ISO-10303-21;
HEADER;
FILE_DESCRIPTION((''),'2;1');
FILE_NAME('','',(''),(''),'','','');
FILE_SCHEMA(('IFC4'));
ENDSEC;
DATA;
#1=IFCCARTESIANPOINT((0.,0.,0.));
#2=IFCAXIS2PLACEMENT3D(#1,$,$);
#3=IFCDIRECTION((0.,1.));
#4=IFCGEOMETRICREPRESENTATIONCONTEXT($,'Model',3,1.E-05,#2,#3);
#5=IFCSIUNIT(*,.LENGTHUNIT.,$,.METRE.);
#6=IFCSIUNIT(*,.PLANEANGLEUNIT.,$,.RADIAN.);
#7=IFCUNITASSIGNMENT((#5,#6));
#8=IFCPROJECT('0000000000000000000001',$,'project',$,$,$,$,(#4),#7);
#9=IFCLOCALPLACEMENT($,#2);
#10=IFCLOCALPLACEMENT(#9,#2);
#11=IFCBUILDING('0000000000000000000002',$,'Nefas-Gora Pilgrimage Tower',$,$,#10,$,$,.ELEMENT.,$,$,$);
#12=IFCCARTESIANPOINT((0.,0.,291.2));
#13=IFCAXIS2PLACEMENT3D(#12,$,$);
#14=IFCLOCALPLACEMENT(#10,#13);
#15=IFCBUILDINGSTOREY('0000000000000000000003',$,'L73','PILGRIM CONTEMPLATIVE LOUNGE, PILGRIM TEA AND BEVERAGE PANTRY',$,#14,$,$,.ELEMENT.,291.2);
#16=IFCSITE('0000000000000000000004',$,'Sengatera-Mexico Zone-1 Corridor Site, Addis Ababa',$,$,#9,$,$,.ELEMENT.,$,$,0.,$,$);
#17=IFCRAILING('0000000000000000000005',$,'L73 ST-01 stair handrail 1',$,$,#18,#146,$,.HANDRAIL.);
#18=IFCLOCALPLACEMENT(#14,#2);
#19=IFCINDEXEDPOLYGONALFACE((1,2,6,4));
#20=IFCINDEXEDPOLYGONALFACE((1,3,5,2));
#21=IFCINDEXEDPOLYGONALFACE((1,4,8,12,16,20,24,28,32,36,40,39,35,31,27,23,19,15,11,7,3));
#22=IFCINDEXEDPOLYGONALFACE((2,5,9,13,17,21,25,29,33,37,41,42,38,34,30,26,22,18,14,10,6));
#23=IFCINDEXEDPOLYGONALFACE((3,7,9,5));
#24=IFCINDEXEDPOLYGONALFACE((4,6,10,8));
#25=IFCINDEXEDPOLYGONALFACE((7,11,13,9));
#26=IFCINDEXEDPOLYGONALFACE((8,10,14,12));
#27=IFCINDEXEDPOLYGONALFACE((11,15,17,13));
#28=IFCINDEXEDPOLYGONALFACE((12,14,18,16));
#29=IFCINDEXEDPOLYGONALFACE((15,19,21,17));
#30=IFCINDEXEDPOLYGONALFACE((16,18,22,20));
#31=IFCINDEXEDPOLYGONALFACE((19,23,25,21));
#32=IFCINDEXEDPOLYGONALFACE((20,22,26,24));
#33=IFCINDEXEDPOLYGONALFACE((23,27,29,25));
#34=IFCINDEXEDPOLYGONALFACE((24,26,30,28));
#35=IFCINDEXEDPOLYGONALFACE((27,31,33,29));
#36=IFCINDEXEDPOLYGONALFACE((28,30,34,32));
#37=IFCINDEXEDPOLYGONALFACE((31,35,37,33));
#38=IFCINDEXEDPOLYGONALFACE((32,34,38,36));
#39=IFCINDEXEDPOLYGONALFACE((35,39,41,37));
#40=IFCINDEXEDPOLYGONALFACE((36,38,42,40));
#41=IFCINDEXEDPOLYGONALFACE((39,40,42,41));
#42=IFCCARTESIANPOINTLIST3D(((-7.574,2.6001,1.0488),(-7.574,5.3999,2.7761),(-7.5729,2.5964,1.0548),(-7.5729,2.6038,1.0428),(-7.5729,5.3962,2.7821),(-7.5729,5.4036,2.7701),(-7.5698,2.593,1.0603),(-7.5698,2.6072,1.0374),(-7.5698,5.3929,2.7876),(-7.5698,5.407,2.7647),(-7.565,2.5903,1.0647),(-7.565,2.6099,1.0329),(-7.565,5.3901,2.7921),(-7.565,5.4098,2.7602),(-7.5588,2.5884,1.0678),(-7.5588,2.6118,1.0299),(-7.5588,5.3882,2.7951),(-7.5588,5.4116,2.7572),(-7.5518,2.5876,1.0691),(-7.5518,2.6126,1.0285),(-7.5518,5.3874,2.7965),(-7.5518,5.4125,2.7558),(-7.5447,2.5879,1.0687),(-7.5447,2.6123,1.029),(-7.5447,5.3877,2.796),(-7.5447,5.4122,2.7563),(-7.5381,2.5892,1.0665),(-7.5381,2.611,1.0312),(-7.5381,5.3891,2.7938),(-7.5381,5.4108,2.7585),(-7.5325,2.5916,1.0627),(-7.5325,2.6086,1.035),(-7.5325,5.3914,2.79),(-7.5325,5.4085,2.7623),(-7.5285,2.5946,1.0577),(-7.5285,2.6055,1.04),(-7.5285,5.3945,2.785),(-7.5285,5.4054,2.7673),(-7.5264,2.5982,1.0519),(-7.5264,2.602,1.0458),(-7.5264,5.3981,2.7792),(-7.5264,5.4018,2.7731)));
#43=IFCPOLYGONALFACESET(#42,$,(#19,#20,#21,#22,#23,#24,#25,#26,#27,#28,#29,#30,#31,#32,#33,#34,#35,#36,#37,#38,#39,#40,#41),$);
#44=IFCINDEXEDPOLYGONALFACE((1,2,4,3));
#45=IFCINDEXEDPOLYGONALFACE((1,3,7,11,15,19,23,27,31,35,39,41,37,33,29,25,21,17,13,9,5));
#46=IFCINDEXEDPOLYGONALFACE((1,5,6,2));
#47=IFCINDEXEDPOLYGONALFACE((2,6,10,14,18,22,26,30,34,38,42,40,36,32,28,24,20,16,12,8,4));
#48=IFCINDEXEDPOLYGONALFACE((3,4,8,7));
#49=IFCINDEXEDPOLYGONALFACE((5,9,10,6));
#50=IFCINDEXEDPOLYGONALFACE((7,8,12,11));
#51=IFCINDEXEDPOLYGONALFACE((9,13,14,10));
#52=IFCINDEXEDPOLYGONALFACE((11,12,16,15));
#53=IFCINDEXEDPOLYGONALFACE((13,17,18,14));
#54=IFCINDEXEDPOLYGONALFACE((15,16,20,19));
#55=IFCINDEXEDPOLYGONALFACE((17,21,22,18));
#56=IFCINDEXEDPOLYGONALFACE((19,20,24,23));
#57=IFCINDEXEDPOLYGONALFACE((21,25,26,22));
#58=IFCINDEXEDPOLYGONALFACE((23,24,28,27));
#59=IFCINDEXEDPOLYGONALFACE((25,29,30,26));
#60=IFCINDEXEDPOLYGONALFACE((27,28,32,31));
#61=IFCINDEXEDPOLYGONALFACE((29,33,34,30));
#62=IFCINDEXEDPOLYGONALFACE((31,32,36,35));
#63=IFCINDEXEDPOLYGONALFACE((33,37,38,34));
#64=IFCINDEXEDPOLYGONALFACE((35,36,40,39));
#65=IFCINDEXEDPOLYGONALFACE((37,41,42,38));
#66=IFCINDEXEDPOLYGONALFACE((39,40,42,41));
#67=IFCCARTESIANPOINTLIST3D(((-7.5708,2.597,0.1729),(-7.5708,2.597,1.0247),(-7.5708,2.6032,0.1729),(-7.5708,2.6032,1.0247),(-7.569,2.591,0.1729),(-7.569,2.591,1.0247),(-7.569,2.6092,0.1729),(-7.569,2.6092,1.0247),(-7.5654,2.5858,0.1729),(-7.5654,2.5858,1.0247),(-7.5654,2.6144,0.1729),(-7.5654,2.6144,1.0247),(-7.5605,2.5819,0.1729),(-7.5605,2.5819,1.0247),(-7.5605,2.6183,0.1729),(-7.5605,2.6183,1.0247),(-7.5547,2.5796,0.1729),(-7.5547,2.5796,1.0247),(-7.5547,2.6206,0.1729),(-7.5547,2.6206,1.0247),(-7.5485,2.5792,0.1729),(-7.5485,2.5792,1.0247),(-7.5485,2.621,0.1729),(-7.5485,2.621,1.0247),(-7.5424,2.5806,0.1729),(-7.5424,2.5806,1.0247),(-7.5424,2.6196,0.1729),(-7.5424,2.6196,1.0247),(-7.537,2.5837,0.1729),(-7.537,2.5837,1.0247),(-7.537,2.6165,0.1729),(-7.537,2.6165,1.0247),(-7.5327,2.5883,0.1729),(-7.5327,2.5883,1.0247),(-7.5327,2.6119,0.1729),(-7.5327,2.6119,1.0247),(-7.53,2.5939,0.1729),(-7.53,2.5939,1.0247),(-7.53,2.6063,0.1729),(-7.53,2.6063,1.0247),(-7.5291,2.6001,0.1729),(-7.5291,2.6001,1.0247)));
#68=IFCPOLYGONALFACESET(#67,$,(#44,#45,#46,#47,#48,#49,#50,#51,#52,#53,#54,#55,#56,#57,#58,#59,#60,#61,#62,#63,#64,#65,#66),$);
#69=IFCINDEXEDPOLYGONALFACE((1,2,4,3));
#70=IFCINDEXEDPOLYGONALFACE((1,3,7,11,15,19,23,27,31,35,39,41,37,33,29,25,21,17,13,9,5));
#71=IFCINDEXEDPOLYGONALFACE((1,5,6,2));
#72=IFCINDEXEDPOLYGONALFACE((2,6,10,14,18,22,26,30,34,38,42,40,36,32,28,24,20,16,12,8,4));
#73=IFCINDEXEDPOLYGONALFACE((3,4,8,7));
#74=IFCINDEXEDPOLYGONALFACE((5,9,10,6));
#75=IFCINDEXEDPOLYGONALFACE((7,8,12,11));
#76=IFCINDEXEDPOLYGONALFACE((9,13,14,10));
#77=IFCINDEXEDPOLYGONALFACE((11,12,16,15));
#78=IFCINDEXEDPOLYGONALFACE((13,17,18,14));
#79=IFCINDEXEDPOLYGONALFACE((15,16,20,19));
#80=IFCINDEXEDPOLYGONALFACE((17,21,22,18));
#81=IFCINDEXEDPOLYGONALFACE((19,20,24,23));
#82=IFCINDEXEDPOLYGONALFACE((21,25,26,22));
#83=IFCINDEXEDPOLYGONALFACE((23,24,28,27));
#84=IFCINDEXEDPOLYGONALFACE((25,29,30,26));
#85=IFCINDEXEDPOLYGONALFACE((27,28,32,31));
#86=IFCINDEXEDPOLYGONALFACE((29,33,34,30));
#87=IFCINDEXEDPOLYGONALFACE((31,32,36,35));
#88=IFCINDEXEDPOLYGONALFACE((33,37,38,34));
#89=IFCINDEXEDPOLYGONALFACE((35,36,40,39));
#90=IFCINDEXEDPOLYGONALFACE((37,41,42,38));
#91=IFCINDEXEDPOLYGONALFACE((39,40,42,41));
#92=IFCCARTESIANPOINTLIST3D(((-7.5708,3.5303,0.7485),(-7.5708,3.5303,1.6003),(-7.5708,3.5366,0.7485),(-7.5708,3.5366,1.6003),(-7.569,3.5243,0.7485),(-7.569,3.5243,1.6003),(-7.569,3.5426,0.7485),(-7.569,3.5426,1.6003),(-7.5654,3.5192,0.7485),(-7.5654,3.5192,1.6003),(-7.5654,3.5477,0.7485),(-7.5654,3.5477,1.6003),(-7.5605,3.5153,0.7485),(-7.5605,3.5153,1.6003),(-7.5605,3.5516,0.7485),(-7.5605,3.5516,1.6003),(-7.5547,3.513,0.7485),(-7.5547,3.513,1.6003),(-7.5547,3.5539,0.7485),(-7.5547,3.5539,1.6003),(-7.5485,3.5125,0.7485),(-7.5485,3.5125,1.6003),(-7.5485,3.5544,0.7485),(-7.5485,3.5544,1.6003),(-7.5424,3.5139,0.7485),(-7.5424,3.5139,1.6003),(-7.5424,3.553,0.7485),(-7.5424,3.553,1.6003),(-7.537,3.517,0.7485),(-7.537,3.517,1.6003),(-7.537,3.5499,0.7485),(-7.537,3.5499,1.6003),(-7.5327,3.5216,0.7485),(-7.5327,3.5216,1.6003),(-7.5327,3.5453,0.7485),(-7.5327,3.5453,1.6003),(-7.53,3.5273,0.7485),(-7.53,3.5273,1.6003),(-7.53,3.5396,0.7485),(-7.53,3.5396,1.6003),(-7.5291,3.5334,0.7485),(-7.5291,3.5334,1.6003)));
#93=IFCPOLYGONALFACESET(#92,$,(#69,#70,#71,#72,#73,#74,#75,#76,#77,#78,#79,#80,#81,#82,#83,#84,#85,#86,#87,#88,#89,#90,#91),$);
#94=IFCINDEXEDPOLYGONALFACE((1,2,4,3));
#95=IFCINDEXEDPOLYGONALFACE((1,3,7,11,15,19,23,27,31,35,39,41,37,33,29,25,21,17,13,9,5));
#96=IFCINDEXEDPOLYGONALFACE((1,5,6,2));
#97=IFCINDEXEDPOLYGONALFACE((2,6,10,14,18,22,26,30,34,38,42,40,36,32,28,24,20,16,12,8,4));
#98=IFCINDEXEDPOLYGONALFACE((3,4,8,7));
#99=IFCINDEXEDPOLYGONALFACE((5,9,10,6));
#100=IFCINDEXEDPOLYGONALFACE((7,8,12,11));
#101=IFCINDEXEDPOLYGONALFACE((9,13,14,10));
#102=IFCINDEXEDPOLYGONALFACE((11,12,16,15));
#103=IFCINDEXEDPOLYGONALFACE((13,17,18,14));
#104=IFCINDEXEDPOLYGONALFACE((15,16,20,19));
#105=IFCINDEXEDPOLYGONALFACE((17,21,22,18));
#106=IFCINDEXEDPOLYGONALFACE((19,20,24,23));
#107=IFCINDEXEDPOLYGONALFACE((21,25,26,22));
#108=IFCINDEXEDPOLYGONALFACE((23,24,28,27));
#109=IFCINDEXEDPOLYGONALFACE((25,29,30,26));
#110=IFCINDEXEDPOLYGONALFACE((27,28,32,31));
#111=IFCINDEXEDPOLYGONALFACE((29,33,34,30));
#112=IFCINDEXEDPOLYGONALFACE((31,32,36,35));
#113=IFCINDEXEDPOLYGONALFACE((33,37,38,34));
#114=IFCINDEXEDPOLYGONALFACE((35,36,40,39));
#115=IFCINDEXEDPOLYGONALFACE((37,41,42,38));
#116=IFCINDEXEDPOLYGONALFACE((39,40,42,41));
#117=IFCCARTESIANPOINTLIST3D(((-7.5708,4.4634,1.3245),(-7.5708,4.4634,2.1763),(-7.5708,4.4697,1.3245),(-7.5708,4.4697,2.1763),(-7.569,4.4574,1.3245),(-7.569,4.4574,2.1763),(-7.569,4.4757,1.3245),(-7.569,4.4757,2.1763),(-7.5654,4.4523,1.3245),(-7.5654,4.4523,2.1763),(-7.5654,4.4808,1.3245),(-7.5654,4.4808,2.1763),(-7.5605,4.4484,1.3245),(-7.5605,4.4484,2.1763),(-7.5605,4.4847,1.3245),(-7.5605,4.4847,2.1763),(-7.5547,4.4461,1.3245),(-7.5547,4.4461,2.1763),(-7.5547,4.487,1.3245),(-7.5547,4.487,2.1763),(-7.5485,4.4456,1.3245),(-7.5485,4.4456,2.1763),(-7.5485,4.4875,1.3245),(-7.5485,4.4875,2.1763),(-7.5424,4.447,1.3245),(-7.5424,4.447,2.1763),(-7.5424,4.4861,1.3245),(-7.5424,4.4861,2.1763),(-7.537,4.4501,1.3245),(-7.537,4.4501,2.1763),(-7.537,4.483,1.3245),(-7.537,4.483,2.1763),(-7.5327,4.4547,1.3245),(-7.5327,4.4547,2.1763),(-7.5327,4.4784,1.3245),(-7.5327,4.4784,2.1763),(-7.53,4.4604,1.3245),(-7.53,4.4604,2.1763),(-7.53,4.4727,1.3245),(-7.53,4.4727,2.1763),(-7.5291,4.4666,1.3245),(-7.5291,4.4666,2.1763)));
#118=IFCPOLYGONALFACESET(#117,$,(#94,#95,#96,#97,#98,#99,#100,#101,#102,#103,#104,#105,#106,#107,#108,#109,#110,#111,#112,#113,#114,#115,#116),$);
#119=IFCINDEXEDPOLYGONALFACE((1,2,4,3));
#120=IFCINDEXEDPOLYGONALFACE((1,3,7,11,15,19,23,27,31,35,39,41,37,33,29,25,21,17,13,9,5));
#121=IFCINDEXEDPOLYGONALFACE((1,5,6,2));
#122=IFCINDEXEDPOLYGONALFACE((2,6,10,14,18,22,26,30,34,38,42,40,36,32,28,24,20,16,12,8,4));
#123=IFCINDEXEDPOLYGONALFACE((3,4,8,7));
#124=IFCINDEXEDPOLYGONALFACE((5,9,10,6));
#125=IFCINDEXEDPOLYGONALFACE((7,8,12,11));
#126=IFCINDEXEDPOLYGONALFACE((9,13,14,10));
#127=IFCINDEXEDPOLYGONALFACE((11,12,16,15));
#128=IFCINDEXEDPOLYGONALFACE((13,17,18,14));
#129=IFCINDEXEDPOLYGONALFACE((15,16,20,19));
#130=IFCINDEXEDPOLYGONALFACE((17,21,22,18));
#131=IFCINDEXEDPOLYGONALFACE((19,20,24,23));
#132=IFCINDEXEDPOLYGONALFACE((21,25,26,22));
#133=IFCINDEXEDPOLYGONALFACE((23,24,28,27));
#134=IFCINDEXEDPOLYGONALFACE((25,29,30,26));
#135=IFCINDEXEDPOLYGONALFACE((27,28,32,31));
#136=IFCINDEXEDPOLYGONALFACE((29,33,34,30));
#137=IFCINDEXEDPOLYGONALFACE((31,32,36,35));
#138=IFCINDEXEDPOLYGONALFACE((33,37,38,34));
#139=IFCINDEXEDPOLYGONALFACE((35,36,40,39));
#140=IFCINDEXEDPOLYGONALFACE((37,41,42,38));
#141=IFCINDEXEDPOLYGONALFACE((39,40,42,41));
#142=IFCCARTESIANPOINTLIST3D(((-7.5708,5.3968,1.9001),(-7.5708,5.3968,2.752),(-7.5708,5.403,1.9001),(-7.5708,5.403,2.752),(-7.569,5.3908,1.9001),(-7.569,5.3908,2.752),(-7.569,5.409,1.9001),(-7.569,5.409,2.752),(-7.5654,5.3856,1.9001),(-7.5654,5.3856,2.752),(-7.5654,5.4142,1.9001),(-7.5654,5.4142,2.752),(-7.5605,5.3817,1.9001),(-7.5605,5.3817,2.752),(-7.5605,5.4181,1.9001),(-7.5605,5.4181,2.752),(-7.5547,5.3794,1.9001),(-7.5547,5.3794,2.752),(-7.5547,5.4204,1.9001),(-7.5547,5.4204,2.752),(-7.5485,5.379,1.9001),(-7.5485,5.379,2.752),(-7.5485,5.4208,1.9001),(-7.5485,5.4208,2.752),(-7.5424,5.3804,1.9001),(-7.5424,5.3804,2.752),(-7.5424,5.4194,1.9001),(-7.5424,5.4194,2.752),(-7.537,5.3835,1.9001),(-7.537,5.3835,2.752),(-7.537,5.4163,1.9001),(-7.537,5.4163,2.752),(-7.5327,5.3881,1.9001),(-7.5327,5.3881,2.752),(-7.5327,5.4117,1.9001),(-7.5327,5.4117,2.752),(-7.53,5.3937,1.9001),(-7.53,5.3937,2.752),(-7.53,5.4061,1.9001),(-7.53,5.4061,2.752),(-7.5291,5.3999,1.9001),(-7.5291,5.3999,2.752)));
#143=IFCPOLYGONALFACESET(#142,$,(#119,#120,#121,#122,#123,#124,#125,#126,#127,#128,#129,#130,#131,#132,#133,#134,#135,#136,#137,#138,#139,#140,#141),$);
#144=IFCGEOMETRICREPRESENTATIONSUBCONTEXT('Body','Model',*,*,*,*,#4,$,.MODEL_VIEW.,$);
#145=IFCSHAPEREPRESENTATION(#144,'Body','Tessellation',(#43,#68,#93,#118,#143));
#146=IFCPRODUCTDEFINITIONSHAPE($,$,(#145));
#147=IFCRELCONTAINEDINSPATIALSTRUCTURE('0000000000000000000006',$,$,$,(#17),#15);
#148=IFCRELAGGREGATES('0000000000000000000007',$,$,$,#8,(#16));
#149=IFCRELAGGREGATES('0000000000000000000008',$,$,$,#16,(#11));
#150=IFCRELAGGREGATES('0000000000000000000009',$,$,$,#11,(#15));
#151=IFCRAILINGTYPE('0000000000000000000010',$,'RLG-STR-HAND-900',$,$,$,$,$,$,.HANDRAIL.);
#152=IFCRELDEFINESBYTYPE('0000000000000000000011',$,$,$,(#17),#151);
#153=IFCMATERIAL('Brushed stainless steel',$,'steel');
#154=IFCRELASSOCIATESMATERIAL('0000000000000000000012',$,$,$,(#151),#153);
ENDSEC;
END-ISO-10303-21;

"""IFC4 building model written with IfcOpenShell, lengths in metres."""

from ifc_helpers import new_model, si_unit, direction, frame, origin, origin_2d, place, context, subcontext, project, spatial, circle, extrude, material, type_object, element, save


model = new_model("IFC4")

# Units and contexts
model_context = context("Model", 3, precision=1e-05, world=origin(), true_north=direction((0.0, 1.0)))
body_context = subcontext(model_context, "Body", "Model", "MODEL_VIEW")
ifc_project = project(units=[si_unit("LENGTHUNIT", "METRE"), si_unit("PLANEANGLEUNIT", "RADIAN")], contexts=[model_context])

# Site, building, storey
site_placement = place(None, origin())
site = spatial("IfcSite", under=ifc_project, at=site_placement, Name="Sengatera-Mexico Zone-1 Corridor Site, Addis Ababa", CompositionType="ELEMENT", RefElevation=0.0)
building_placement = place(site_placement, origin())
building = spatial("IfcBuilding", under=site, at=building_placement, Name="Nefas-Gora Pilgrimage Tower", CompositionType="ELEMENT")
storey_placement = place(building_placement, frame((0.0, 0.0, 291.2)))
storey = spatial("IfcBuildingStorey", under=building, at=storey_placement, Name="L73", Description="PILGRIM CONTEMPLATIVE LOUNGE, PILGRIM TEA AND BEVERAGE PANTRY", CompositionType="ELEMENT", Elevation=291.2)

# Railing
ifc_material_1 = material(Name="Brushed stainless steel", Category="steel")
railing_type_1 = type_object("IfcRailingType", Name="RLG-STR-HAND-900", PredefinedType="HANDRAIL", material=ifc_material_1)
railing_1_placement = place(storey_placement, frame((-7.55, 2.6001, 0.1729)))
element("IfcRailing", 1, at=railing_1_placement, inside=storey, type_object=railing_type_1, Name="L73 ST-01 stair handrail 1", PredefinedType="HANDRAIL", context=body_context, shape_type="SweptSolid", body=[
    extrude(circle(Radius=0.0239, at=origin_2d()), frame((0.0, 0.0, 0.876), z_axis=(0.0, 0.851069, 0.525054), x_axis=(-1.0, 0.0, 0.0)), (0.0, 0.0, 1.0), 3.2898),
    extrude(circle(Radius=0.021, at=origin_2d()), origin(), (0.0, 0.0, 1.0), 0.8518),
    extrude(circle(Radius=0.021, at=origin_2d()), frame((0.0, 0.9333, 0.5757)), (0.0, 0.0, 1.0), 0.8518),
    extrude(circle(Radius=0.021, at=origin_2d()), frame((0.0, 1.8665, 1.1516)), (0.0, 0.0, 1.0), 0.8518),
    extrude(circle(Radius=0.021, at=origin_2d()), frame((0.0, 2.7998, 1.7273)), (0.0, 0.0, 1.0), 0.8518),
])

save(model, "model.ifc")
